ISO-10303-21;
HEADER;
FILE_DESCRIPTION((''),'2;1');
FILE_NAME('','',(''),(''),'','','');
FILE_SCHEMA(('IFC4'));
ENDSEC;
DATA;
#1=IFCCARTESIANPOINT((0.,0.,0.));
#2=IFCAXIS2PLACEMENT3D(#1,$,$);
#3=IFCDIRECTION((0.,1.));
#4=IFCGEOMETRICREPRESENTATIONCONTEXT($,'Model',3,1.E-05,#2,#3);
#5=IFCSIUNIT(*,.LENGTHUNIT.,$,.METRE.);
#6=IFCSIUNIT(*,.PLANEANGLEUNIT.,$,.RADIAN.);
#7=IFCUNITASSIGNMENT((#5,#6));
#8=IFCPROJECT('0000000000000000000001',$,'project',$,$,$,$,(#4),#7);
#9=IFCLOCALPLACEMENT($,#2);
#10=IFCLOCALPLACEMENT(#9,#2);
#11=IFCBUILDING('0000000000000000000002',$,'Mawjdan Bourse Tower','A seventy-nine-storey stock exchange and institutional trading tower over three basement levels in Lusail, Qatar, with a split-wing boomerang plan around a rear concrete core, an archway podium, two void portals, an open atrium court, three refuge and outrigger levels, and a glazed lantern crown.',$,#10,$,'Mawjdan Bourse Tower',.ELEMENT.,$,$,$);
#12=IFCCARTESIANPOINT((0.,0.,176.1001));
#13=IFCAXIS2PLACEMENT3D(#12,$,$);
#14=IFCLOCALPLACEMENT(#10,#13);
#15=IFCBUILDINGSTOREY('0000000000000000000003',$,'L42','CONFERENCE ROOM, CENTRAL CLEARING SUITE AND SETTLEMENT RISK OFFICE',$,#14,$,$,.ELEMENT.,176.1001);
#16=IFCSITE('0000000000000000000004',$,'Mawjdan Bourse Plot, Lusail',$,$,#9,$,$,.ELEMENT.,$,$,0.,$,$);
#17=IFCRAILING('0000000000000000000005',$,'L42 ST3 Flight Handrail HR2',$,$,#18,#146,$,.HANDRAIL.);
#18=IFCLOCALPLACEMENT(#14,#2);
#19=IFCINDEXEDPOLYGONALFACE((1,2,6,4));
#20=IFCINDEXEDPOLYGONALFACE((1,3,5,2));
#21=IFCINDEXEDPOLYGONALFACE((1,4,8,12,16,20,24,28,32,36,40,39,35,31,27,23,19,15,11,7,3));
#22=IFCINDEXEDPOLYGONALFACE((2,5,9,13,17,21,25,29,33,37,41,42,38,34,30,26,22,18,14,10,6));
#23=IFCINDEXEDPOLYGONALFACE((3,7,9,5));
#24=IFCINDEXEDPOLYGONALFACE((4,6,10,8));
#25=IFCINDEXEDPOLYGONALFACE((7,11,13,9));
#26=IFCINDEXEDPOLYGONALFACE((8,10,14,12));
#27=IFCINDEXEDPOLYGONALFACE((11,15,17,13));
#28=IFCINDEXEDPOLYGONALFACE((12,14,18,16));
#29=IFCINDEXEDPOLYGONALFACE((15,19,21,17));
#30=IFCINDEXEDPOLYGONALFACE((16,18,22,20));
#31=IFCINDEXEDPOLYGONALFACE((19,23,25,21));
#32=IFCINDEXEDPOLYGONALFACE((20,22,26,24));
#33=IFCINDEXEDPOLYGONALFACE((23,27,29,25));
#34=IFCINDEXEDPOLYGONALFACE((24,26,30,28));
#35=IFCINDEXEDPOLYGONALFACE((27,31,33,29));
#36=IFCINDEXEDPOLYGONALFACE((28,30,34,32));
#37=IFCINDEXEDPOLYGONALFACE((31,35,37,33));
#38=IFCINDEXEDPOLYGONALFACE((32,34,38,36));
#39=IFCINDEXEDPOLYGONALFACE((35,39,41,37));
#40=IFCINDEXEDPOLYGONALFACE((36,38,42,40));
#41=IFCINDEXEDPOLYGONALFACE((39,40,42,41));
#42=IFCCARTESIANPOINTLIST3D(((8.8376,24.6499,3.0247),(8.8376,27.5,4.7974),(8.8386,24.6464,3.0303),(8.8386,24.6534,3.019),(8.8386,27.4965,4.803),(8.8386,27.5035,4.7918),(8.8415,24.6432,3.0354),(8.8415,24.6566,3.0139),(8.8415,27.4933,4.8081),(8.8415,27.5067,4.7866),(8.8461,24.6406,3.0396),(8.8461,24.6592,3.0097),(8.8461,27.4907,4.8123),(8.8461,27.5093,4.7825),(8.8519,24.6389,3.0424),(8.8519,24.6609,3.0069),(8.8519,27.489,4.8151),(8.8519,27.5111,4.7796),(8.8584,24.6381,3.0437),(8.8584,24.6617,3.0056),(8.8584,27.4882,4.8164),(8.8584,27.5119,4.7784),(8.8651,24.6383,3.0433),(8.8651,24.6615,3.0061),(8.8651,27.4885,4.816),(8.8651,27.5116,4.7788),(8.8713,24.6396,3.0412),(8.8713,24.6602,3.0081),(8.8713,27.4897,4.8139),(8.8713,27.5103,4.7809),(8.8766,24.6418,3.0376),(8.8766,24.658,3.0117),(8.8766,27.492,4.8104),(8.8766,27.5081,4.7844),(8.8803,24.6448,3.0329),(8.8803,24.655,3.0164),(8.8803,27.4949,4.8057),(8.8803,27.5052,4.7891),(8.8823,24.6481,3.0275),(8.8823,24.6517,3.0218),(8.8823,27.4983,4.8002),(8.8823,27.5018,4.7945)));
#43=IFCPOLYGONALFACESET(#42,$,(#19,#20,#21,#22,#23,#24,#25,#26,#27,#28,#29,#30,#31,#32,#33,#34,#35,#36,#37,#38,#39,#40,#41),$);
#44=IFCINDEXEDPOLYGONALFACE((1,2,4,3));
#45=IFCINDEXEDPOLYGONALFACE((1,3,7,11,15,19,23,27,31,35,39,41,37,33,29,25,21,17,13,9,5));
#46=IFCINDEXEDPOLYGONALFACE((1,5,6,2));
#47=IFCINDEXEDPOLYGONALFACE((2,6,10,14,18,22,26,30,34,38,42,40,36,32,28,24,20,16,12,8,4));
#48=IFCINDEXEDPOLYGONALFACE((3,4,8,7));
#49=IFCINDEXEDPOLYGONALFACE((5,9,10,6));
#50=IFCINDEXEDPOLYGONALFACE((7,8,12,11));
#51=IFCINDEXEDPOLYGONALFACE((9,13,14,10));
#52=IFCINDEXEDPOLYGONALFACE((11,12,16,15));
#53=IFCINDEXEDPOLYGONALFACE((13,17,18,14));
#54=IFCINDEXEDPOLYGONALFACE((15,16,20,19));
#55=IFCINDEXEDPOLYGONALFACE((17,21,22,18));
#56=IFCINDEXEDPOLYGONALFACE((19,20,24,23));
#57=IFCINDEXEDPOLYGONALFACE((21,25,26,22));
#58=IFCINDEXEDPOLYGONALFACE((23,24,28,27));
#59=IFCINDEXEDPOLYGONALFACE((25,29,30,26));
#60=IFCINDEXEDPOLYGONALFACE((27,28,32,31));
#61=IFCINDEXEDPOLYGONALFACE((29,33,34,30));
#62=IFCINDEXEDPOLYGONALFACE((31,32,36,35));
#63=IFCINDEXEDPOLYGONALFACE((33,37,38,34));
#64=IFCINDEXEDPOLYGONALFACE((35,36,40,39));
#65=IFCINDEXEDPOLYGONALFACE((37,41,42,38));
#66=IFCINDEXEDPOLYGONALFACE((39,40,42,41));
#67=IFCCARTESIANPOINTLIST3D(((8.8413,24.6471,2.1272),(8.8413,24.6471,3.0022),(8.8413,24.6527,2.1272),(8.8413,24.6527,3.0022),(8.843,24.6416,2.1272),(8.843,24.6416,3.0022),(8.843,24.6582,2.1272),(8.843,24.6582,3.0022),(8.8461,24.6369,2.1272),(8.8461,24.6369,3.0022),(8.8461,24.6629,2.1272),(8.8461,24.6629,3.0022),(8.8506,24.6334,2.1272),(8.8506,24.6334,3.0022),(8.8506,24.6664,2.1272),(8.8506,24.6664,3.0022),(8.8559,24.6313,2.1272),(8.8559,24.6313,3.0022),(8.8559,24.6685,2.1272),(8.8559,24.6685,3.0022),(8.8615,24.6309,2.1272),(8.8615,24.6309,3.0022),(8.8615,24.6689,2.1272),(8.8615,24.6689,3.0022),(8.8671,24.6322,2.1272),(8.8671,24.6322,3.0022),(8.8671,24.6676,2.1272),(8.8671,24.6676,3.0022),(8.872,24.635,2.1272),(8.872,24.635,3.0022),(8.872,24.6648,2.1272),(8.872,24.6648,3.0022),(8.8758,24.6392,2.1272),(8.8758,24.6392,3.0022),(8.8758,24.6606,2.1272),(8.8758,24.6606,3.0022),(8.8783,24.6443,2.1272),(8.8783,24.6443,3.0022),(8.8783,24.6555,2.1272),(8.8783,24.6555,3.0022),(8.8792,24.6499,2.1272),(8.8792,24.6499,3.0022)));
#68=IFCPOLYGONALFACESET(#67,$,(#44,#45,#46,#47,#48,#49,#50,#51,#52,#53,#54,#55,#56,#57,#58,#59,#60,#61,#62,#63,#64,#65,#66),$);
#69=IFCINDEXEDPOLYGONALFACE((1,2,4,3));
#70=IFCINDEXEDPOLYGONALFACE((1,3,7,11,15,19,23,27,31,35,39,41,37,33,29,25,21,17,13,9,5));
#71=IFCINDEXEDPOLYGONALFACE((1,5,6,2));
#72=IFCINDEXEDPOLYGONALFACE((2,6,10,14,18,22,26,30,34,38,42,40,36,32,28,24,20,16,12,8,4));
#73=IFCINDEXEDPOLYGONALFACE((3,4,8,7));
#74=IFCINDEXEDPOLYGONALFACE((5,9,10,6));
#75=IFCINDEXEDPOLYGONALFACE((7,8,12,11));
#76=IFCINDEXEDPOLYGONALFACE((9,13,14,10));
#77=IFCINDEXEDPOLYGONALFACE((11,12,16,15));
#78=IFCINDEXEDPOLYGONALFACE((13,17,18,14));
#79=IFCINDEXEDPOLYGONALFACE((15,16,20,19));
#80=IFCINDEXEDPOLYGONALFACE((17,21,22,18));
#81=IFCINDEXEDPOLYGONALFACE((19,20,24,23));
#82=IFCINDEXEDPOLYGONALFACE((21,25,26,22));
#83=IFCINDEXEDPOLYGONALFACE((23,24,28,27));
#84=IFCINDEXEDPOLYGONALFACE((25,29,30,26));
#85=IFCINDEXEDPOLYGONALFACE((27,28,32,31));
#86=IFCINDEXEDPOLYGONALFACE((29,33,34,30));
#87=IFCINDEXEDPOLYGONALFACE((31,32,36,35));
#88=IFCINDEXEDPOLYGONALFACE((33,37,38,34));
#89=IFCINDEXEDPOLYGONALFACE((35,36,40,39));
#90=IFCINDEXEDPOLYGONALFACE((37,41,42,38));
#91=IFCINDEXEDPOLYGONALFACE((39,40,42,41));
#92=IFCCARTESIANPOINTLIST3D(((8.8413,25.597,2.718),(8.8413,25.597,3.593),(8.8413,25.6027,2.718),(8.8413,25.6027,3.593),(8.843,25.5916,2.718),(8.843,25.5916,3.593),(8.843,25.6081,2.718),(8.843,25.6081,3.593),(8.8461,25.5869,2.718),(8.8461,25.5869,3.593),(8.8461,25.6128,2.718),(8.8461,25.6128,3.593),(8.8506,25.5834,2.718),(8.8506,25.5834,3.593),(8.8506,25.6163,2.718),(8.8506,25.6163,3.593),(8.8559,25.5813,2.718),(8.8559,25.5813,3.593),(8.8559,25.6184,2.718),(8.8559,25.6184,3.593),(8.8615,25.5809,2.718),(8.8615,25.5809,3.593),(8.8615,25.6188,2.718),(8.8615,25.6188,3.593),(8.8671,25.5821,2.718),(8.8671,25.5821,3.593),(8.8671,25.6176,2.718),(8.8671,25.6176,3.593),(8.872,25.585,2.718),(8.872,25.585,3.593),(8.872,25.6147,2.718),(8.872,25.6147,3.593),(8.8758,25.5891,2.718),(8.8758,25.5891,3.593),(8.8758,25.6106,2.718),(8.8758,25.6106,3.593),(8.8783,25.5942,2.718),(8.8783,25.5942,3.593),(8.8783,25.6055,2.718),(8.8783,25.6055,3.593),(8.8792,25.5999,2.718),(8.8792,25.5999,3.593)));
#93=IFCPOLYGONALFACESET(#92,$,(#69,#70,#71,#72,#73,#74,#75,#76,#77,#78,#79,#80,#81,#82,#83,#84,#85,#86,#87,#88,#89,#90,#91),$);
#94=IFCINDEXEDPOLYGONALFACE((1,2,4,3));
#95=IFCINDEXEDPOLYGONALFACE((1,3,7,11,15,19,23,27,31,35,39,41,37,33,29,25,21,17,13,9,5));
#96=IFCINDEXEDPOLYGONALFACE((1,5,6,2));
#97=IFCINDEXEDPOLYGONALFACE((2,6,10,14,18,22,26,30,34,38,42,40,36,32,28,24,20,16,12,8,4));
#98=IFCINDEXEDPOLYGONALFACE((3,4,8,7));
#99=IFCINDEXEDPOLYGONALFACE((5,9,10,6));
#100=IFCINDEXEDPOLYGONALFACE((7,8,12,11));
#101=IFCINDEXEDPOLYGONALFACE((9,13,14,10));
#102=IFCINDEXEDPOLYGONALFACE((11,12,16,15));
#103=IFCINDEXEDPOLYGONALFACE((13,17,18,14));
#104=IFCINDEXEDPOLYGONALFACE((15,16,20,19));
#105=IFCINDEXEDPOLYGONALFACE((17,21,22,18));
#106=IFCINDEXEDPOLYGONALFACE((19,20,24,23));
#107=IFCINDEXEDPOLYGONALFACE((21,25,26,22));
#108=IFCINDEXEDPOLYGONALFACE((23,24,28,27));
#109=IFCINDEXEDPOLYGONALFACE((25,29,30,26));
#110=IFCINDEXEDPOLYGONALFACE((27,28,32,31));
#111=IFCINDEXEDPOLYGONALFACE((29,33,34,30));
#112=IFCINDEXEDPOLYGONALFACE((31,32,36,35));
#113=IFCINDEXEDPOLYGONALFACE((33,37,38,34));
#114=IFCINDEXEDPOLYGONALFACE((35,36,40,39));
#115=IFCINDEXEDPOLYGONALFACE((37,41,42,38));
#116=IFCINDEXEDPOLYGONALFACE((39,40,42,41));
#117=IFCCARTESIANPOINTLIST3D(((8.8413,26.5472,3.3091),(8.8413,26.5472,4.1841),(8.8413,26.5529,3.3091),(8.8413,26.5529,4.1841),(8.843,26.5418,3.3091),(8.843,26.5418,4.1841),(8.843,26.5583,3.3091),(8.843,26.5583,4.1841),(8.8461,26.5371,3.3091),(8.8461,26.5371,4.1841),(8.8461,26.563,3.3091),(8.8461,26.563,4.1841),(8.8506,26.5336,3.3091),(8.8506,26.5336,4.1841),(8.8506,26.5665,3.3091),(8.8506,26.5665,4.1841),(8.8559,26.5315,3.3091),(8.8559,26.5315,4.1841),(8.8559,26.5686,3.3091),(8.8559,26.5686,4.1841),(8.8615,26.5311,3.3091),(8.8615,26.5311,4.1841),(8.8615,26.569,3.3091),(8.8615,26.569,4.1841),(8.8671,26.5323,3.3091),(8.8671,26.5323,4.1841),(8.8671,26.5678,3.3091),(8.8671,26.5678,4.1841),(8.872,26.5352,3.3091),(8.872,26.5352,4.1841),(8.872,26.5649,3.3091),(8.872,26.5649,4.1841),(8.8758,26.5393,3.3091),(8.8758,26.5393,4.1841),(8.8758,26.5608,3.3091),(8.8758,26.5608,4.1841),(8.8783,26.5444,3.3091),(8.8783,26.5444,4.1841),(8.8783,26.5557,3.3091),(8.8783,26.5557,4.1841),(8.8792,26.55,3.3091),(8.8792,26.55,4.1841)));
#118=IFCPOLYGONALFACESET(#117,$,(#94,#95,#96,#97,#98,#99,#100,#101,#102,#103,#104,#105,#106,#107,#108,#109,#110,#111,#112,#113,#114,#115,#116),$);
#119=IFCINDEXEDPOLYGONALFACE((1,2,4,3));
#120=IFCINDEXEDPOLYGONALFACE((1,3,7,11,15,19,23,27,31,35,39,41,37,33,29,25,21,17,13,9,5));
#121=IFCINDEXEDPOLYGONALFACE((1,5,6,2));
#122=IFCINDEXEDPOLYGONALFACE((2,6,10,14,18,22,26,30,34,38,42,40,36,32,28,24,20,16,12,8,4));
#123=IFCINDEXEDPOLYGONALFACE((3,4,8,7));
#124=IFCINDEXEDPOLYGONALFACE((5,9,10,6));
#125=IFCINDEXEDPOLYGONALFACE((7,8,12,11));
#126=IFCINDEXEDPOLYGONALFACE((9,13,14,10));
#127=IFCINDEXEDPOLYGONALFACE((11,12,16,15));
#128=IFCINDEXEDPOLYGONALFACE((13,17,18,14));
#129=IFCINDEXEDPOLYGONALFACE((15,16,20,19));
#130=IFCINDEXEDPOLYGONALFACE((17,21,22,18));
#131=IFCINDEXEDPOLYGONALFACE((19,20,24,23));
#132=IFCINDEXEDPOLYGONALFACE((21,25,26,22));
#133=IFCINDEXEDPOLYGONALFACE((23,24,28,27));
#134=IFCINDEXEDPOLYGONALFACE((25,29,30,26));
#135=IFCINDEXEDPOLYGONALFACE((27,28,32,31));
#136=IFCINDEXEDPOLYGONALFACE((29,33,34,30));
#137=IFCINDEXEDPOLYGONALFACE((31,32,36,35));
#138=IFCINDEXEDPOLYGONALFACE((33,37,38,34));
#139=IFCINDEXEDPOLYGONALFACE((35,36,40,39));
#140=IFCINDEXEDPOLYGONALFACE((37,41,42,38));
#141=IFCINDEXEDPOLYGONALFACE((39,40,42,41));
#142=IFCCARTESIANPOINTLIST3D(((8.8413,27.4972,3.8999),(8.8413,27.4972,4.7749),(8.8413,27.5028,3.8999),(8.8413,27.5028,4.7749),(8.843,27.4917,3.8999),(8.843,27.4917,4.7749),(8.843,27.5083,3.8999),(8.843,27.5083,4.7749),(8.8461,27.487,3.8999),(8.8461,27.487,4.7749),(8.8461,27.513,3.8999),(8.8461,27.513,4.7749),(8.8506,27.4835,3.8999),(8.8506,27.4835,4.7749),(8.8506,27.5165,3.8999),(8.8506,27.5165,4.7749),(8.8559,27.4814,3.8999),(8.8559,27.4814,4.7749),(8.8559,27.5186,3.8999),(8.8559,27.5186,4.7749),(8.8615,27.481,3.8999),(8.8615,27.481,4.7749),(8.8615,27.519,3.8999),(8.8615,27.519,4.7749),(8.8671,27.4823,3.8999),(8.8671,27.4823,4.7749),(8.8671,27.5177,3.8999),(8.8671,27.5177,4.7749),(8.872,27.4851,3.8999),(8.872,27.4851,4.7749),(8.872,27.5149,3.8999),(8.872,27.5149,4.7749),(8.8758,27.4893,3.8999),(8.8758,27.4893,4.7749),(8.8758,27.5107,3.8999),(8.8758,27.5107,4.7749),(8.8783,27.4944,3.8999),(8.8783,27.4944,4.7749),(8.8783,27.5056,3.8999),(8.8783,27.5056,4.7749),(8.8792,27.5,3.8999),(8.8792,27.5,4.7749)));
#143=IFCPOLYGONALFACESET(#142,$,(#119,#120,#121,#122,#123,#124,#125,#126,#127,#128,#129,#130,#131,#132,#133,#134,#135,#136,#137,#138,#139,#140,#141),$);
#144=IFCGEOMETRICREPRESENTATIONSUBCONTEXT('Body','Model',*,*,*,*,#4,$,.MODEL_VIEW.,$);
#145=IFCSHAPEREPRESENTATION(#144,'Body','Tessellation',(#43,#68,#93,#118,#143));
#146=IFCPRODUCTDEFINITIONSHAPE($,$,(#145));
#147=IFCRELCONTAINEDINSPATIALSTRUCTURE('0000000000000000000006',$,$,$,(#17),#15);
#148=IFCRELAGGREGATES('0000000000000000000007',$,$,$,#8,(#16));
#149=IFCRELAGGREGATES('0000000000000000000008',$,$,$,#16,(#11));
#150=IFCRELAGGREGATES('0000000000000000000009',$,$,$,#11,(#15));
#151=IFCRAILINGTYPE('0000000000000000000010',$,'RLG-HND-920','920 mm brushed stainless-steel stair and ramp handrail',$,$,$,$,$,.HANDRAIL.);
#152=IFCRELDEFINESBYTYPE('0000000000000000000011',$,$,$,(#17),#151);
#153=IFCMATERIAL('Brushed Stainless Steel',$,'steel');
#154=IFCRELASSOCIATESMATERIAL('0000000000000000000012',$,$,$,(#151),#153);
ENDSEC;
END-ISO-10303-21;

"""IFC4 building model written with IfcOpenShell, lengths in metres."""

from ifc_helpers import new_model, si_unit, direction, frame, origin, origin_2d, place, context, subcontext, project, spatial, circle, extrude, material, type_object, element, save


model = new_model("IFC4")

# Units and contexts
model_context = context("Model", 3, precision=1e-05, world=origin(), true_north=direction((0.0, 1.0)))
body_context = subcontext(model_context, "Body", "Model", "MODEL_VIEW")
ifc_project = project(units=[si_unit("LENGTHUNIT", "METRE"), si_unit("PLANEANGLEUNIT", "RADIAN")], contexts=[model_context])

# Site, building, storey
site_placement = place(None, origin())
site = spatial("IfcSite", under=ifc_project, at=site_placement, Name="Mawjdan Bourse Plot, Lusail", CompositionType="ELEMENT", RefElevation=0.0)
building_placement = place(site_placement, origin())
building = spatial("IfcBuilding", under=site, at=building_placement, Name="Mawjdan Bourse Tower", Description="A seventy-nine-storey stock exchange and institutional trading tower over three basement levels in Lusail, Qatar, with a split-wing boomerang plan around a rear concrete core, an archway podium, two void portals, an open atrium court, three refuge and outrigger levels, and a glazed lantern crown.", LongName="Mawjdan Bourse Tower", CompositionType="ELEMENT")
storey_placement = place(building_placement, frame((0.0, 0.0, 176.1001)))
storey = spatial("IfcBuildingStorey", under=building, at=storey_placement, Name="L42", Description="CONFERENCE ROOM, CENTRAL CLEARING SUITE AND SETTLEMENT RISK OFFICE", CompositionType="ELEMENT", Elevation=176.1001)

# Railing
ifc_material_1 = material(Name="Brushed Stainless Steel", Category="steel")
railing_type_1 = type_object("IfcRailingType", Name="RLG-HND-920", Description="920 mm brushed stainless-steel stair and ramp handrail", PredefinedType="HANDRAIL", material=ifc_material_1)
railing_1_placement = place(storey_placement, frame((8.8601, 24.6499, 2.1272)))
element("IfcRailing", 1, at=railing_1_placement, inside=storey, type_object=railing_type_1, Name="L42 ST3 Flight Handrail HR2", PredefinedType="HANDRAIL", context=body_context, shape_type="SweptSolid", body=[
    extrude(circle(Radius=0.0225, at=origin_2d()), frame((0.0, 0.0, 0.8975), z_axis=(0.0, 0.849149, 0.528154), x_axis=(-1.0, 0.0, 0.0)), (0.0, 0.0, 1.0), 3.3564),
    extrude(circle(Radius=0.019, at=origin_2d()), origin(), (0.0, 0.0, 1.0), 0.875),
    extrude(circle(Radius=0.019, at=origin_2d()), frame((0.0, 0.95, 0.5908)), (0.0, 0.0, 1.0), 0.875),
    extrude(circle(Radius=0.019, at=origin_2d()), frame((0.0, 1.9001, 1.1819)), (0.0, 0.0, 1.0), 0.875),
    extrude(circle(Radius=0.019, at=origin_2d()), frame((0.0, 2.8501, 1.7727)), (0.0, 0.0, 1.0), 0.875),
])

save(model, "model.ifc")
